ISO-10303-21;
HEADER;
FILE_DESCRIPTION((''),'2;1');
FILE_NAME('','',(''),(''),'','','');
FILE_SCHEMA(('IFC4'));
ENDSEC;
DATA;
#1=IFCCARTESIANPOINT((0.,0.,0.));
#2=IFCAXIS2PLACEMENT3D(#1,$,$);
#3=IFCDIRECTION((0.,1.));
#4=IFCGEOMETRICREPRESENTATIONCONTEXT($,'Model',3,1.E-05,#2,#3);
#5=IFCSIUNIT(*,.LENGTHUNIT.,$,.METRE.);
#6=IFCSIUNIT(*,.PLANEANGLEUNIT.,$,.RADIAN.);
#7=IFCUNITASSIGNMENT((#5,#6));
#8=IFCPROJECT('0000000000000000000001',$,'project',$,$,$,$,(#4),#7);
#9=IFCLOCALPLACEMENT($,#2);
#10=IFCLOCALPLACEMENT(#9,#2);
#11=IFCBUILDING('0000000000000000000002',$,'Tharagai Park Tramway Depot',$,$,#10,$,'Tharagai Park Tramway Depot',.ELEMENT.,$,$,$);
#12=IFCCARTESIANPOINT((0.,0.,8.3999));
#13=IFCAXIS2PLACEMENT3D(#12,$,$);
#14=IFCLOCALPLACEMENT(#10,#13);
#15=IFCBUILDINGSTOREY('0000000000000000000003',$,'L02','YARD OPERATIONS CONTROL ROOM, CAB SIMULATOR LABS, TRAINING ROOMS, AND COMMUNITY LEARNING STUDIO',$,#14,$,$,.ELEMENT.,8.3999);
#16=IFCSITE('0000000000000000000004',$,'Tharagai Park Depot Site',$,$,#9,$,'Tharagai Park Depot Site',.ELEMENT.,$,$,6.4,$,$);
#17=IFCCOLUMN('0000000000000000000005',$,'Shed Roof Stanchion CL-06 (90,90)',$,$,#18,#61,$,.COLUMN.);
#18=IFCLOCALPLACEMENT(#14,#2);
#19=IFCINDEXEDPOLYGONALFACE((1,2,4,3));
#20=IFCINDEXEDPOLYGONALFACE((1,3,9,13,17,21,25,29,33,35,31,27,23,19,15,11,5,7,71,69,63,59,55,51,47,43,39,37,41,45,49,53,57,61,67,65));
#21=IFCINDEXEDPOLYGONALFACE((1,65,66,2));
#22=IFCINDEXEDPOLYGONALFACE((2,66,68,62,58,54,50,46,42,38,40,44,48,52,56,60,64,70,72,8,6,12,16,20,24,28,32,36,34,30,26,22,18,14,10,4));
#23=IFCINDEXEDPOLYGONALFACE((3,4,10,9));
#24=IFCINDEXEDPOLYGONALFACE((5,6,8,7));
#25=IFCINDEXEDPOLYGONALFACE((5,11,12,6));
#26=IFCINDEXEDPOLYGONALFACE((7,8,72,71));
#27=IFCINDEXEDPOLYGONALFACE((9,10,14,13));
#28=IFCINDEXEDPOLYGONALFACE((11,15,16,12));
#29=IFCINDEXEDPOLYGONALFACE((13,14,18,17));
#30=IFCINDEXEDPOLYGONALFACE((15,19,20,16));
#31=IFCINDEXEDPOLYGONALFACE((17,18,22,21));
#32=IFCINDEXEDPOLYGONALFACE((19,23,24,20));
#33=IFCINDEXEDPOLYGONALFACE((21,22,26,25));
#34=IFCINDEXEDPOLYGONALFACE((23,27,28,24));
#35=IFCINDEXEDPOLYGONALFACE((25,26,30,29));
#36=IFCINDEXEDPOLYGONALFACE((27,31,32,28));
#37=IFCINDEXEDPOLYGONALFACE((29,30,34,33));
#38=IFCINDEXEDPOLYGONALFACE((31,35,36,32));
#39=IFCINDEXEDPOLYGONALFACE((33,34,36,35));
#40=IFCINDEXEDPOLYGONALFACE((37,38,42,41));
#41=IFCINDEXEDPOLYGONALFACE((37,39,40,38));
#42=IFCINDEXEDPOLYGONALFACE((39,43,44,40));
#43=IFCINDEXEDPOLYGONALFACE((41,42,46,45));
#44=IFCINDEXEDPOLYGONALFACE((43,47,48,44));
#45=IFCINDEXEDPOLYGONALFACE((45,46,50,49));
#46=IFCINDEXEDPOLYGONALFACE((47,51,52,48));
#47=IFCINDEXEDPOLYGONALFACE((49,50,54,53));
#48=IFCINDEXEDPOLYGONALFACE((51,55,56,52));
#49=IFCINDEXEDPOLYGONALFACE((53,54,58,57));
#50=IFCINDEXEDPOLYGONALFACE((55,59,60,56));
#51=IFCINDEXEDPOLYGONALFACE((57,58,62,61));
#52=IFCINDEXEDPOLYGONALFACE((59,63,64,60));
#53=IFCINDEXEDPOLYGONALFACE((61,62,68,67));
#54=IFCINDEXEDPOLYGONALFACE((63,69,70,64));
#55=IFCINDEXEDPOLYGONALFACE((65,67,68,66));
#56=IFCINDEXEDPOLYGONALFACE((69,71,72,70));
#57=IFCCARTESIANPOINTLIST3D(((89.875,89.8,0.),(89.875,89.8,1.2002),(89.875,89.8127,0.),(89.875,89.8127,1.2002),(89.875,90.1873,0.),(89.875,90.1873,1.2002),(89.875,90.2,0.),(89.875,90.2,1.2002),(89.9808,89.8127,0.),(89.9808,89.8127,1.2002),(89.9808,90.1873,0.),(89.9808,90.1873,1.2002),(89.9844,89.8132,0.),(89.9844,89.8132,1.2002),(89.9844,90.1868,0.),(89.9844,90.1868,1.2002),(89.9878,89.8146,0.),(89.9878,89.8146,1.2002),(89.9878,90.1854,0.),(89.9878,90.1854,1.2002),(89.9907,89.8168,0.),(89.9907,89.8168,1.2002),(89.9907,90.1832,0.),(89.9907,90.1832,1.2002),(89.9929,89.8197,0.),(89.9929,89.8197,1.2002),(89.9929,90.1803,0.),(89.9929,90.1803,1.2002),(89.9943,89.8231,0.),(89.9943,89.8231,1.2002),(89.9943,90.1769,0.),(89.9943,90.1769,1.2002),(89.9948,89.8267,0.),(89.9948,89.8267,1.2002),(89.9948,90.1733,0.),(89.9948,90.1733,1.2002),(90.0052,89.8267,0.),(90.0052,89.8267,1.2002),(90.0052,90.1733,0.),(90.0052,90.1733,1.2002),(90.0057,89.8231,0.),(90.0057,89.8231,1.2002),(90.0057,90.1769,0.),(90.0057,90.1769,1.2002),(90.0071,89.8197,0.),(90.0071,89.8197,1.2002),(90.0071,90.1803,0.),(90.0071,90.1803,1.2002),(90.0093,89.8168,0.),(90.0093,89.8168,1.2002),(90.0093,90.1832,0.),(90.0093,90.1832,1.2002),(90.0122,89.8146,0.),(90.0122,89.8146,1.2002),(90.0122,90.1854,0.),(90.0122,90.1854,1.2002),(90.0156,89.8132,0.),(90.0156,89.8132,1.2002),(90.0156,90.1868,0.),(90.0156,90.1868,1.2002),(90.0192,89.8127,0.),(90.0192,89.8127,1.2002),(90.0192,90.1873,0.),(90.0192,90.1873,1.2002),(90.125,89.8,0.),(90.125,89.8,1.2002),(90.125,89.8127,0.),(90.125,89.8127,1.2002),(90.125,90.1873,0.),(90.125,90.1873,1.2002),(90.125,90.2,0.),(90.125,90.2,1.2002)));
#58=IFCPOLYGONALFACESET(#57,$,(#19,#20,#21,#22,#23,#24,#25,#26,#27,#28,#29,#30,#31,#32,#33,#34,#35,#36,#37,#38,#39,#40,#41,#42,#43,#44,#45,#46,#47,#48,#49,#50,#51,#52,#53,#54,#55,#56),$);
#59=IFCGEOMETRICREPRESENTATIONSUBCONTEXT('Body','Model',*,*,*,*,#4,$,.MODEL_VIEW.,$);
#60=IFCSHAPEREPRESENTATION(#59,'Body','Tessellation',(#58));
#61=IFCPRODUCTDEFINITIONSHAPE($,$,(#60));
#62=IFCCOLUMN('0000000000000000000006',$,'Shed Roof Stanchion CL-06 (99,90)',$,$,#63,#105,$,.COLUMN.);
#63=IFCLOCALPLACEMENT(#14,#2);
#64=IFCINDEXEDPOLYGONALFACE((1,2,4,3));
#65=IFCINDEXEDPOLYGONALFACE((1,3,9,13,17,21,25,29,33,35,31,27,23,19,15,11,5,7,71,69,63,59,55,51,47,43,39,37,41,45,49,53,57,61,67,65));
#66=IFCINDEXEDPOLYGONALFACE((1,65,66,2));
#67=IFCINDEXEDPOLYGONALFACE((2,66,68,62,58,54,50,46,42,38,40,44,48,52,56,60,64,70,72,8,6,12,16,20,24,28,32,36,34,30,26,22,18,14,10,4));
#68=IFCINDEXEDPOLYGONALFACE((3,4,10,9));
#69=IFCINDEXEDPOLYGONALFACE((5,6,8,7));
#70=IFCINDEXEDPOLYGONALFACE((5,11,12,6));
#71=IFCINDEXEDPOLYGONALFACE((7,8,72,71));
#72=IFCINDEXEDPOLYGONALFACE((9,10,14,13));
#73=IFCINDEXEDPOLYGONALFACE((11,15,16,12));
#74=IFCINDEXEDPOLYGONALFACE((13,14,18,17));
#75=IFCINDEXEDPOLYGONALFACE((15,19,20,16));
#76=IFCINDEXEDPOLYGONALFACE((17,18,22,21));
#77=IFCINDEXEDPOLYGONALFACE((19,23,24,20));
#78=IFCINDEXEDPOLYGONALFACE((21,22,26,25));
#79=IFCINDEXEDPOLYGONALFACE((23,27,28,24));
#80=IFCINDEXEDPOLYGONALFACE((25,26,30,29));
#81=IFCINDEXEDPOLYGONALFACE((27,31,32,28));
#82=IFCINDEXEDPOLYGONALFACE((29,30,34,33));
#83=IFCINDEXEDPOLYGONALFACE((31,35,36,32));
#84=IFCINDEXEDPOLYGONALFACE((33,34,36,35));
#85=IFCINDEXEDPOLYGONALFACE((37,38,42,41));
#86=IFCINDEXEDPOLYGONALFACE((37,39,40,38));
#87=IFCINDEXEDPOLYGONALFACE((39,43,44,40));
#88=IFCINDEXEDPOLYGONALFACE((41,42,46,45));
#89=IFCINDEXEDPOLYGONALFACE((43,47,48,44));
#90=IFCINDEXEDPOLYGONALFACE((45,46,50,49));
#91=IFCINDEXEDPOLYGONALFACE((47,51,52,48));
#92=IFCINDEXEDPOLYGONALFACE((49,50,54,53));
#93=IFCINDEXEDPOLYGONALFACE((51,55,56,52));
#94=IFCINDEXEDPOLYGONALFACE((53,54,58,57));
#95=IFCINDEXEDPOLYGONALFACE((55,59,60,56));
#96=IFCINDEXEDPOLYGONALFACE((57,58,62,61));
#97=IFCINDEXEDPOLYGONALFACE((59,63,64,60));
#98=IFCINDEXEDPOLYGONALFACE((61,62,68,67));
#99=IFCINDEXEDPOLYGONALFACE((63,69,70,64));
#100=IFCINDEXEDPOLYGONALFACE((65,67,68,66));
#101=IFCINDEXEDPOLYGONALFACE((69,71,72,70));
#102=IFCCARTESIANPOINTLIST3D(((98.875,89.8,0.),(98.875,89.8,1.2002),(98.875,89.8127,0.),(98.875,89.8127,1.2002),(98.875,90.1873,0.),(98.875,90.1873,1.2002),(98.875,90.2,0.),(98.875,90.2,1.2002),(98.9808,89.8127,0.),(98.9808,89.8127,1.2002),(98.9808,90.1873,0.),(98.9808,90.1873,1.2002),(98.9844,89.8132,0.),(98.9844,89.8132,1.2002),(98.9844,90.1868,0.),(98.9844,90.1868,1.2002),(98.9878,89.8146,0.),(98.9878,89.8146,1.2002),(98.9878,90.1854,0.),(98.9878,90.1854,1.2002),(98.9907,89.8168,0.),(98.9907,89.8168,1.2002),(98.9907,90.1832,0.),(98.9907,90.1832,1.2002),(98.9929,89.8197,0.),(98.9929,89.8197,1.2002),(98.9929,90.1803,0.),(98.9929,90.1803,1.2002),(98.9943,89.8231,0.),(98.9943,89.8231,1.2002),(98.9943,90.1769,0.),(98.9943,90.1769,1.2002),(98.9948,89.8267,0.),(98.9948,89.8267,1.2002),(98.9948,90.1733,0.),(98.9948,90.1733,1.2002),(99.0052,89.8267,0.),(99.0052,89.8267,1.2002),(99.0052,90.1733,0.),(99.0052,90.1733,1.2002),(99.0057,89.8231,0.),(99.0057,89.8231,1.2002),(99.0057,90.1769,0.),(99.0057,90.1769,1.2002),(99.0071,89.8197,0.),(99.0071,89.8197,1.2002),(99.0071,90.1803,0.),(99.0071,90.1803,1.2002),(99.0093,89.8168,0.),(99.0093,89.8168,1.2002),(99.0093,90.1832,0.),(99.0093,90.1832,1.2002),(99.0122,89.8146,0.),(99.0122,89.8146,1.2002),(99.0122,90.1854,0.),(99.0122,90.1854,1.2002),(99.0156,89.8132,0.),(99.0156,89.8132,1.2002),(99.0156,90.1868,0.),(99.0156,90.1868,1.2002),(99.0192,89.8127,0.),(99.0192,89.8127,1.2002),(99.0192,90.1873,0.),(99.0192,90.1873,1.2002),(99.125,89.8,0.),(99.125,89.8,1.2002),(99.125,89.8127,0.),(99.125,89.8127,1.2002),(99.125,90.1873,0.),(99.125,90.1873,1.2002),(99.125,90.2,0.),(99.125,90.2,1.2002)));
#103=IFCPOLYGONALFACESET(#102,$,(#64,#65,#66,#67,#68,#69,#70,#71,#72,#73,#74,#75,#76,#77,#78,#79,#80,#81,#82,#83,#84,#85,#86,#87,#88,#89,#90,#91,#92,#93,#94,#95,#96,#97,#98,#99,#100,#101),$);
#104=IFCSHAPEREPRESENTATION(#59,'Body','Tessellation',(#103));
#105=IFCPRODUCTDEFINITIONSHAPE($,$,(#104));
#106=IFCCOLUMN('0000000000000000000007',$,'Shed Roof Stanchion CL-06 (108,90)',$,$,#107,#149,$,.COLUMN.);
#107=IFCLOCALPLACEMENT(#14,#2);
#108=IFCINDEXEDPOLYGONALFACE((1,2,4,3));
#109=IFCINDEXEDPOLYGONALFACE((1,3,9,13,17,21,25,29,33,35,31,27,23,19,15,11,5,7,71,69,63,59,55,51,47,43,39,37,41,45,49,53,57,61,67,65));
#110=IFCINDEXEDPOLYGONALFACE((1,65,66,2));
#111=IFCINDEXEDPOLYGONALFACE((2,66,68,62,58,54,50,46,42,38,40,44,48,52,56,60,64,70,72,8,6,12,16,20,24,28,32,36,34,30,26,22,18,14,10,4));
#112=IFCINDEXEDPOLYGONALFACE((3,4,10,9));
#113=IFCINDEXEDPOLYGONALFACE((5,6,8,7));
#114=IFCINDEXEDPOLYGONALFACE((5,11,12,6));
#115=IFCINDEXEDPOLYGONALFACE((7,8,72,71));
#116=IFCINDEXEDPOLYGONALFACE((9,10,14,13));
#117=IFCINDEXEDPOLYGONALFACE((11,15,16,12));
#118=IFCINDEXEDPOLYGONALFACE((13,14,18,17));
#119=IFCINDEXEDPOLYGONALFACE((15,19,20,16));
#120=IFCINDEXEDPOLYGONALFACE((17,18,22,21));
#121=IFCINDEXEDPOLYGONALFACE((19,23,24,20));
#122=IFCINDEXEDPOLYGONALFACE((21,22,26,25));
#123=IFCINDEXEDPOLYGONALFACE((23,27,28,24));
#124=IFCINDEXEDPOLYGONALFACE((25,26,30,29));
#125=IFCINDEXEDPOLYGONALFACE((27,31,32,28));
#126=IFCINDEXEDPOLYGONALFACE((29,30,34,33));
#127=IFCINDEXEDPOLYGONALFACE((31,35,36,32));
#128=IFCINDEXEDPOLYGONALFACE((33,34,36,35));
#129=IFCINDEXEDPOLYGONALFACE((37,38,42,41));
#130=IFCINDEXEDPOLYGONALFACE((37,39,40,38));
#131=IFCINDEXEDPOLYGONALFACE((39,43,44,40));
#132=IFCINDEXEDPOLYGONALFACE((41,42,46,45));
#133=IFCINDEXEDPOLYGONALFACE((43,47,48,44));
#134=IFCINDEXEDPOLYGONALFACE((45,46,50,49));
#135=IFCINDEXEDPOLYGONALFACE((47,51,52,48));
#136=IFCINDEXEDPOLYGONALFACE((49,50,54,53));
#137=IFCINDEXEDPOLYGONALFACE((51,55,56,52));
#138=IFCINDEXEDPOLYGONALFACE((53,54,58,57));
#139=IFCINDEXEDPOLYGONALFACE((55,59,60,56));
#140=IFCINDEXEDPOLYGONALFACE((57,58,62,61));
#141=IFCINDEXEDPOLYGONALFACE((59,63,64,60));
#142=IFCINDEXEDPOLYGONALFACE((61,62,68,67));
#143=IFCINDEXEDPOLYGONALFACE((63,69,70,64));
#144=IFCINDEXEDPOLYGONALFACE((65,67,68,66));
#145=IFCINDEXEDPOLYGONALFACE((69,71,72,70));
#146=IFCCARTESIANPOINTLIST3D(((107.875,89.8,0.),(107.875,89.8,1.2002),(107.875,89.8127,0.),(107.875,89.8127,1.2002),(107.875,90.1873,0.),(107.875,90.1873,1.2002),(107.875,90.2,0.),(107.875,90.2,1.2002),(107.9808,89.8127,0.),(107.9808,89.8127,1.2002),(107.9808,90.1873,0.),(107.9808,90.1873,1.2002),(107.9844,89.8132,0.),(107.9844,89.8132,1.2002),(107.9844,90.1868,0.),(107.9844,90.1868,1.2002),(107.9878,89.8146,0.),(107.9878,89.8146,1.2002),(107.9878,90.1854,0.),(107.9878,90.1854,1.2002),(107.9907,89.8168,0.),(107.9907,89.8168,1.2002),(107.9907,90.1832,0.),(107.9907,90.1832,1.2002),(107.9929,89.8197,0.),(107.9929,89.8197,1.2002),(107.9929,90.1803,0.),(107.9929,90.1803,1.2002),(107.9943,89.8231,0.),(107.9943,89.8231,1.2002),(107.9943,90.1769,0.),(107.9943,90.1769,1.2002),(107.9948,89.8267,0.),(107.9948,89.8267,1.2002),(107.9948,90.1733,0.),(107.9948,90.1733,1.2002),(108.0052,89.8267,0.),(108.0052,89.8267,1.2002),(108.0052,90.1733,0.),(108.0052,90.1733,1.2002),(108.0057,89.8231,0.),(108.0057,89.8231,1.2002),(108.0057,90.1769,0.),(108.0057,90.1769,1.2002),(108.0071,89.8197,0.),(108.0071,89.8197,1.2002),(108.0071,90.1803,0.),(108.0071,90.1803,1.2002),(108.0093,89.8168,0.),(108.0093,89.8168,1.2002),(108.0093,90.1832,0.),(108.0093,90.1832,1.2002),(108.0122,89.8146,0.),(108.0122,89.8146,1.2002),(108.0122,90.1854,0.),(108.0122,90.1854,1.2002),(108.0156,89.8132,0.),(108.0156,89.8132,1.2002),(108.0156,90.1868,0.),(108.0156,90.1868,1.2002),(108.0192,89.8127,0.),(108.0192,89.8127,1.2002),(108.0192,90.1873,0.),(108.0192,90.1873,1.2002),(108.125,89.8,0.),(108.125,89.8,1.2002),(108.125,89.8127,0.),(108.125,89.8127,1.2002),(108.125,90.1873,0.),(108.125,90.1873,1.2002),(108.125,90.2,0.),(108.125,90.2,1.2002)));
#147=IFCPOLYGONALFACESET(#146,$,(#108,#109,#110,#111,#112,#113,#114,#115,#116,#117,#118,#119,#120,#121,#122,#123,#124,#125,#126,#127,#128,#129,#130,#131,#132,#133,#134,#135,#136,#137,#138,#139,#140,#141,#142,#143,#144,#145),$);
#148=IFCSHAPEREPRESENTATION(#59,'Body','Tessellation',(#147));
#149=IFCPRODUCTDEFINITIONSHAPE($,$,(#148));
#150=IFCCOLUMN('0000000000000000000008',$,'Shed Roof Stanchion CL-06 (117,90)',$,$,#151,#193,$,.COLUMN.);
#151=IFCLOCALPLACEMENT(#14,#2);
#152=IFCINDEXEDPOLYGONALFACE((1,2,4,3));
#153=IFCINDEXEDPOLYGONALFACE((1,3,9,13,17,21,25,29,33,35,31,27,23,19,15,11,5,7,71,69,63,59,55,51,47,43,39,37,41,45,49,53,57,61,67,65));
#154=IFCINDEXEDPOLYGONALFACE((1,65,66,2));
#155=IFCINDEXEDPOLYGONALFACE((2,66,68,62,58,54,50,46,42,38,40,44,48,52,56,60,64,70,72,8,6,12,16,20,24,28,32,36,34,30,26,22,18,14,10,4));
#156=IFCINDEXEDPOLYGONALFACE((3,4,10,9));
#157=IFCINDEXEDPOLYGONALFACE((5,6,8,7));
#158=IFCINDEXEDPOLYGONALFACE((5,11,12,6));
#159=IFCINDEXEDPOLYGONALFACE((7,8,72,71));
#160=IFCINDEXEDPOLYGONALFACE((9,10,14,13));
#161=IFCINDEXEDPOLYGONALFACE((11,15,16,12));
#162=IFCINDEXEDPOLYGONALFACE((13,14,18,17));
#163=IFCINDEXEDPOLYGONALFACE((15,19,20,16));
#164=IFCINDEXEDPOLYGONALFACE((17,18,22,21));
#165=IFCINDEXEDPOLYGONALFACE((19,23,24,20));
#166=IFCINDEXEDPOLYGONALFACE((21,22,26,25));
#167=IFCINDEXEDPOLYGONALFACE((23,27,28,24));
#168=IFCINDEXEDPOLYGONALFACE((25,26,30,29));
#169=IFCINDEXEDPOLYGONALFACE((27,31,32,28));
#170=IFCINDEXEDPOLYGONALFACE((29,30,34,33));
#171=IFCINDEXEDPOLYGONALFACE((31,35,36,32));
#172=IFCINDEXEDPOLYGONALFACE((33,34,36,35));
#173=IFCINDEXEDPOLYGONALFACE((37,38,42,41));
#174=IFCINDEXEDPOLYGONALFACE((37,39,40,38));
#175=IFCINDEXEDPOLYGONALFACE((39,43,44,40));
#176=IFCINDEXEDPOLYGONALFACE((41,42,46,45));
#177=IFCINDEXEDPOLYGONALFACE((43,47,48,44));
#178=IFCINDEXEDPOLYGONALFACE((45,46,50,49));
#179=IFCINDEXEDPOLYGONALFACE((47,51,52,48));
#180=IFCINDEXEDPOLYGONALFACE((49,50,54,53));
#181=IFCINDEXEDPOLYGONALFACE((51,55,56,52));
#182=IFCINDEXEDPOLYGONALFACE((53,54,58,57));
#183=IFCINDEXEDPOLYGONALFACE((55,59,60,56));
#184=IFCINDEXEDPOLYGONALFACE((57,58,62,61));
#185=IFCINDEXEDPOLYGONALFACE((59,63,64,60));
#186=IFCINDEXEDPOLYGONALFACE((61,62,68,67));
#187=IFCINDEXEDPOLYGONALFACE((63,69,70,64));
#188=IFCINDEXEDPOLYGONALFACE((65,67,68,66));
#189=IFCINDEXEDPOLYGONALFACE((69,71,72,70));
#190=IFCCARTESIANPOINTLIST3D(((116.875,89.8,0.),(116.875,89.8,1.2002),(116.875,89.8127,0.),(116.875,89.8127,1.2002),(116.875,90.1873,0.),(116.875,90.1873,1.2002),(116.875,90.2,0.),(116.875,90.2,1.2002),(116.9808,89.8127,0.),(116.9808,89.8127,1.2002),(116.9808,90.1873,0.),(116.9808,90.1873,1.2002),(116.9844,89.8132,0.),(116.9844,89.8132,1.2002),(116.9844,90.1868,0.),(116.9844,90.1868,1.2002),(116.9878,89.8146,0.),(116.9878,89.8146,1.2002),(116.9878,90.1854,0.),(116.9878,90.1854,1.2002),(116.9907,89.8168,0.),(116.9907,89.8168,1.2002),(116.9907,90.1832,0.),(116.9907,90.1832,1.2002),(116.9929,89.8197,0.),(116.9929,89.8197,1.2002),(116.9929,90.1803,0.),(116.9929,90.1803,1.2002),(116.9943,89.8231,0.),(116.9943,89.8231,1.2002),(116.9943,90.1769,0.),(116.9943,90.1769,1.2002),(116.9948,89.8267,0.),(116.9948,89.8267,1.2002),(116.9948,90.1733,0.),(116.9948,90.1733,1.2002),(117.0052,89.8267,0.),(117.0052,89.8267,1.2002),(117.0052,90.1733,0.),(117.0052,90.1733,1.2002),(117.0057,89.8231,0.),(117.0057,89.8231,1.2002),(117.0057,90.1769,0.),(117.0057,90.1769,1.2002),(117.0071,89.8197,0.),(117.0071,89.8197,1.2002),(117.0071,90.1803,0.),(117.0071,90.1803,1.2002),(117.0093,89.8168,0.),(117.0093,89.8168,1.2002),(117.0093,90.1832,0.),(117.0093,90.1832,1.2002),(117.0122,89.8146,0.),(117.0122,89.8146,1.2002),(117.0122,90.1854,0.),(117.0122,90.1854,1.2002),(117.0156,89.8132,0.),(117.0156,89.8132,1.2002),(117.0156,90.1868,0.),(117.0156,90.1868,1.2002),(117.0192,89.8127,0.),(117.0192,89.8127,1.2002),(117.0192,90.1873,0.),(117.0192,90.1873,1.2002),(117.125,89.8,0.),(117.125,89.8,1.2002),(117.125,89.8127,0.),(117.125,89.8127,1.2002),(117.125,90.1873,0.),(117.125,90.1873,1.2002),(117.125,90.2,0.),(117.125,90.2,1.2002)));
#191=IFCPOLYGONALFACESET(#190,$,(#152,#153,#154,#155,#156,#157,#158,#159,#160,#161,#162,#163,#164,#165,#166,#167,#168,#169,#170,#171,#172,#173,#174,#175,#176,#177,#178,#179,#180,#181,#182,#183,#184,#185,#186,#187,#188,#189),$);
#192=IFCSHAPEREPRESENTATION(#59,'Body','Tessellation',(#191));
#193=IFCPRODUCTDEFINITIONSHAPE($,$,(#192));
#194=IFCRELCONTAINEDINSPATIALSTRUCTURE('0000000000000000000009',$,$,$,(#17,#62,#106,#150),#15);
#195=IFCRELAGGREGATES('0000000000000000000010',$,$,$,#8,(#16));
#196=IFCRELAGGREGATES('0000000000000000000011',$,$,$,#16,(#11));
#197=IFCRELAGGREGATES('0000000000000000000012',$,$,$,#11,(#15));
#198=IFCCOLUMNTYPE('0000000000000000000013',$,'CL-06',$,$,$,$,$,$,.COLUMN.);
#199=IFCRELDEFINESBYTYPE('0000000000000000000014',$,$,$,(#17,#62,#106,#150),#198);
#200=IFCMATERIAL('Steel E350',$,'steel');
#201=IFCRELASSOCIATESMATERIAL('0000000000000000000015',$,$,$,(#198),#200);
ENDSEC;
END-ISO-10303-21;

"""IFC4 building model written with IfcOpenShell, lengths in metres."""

from ifc_helpers import new_model, si_unit, direction, frame, origin, origin_2d, place, context, subcontext, project, spatial, i_section, extrude, material, material_profile, profile_set, type_object, element, save


model = new_model("IFC4")

# Units and contexts
model_context = context("Model", 3, precision=1e-05, world=origin(), true_north=direction((0.0, 1.0)))
body_context = subcontext(model_context, "Body", "Model", "MODEL_VIEW")
ifc_project = project(units=[si_unit("LENGTHUNIT", "METRE"), si_unit("PLANEANGLEUNIT", "RADIAN")], contexts=[model_context])

# Site, building, storey
site_placement = place(None, origin())
site = spatial("IfcSite", under=ifc_project, at=site_placement, Name="Tharagai Park Depot Site", LongName="Tharagai Park Depot Site", CompositionType="ELEMENT", RefElevation=6.4)
building_placement = place(site_placement, origin())
building = spatial("IfcBuilding", under=site, at=building_placement, Name="Tharagai Park Tramway Depot", LongName="Tharagai Park Tramway Depot", CompositionType="ELEMENT")
storey_placement = place(building_placement, frame((0.0, 0.0, 8.3999)))
storey = spatial("IfcBuildingStorey", under=building, at=storey_placement, Name="L02", Description="YARD OPERATIONS CONTROL ROOM, CAB SIMULATOR LABS, TRAINING ROOMS, AND COMMUNITY LEARNING STUDIO", CompositionType="ELEMENT", Elevation=8.3999)

# Columns
ifc_material_1 = material(Name="Steel E350", Category="steel")
ifc_material_profile_1 = material_profile(ifc_material_1, i_section(OverallWidth=0.25, OverallDepth=0.3999, WebThickness=0.0105, FlangeThickness=0.0127, FilletRadius=0.0139, at=origin_2d()), Name="ISHB 400")
ifc_profile_set_1 = profile_set([ifc_material_profile_1], Name="Steel E350")
column_type = type_object("IfcColumnType", Name="CL-06", PredefinedType="COLUMN", material=ifc_profile_set_1)
for number, where, z_axis, x_axis, name in (
    (1, (90.0, 90.0, 0.0), (0.0, 0.0, 1.0), (1.0, 0.0, 0.0), "Shed Roof Stanchion CL-06 (90,90)"),
    (2, (99.0, 90.0, 0.0), (0.0, 0.0, 1.0), (1.0, 0.0, 0.0), "Shed Roof Stanchion CL-06 (99,90)"),
    (3, (108.0, 90.0, 0.0), (0.0, 0.0, 1.0), (1.0, 0.0, 0.0), "Shed Roof Stanchion CL-06 (108,90)"),
    (4, (117.0, 90.0, 0.0), (0.0, 0.0, 1.0), (1.0, 0.0, 0.0), "Shed Roof Stanchion CL-06 (117,90)"),
):
    element("IfcColumn", number, at=place(storey_placement, frame(where, z_axis=z_axis, x_axis=x_axis)), inside=storey, type_object=column_type, Name=name, PredefinedType="COLUMN", context=body_context, shape_type="SweptSolid", body=[
        extrude(i_section(OverallWidth=0.25, OverallDepth=0.3999, WebThickness=0.0105, FlangeThickness=0.0127, FilletRadius=0.0139, at=origin_2d()), origin(), (0.0, 0.0, 1.0), 1.2002),
    ])

save(model, "model.ifc")
